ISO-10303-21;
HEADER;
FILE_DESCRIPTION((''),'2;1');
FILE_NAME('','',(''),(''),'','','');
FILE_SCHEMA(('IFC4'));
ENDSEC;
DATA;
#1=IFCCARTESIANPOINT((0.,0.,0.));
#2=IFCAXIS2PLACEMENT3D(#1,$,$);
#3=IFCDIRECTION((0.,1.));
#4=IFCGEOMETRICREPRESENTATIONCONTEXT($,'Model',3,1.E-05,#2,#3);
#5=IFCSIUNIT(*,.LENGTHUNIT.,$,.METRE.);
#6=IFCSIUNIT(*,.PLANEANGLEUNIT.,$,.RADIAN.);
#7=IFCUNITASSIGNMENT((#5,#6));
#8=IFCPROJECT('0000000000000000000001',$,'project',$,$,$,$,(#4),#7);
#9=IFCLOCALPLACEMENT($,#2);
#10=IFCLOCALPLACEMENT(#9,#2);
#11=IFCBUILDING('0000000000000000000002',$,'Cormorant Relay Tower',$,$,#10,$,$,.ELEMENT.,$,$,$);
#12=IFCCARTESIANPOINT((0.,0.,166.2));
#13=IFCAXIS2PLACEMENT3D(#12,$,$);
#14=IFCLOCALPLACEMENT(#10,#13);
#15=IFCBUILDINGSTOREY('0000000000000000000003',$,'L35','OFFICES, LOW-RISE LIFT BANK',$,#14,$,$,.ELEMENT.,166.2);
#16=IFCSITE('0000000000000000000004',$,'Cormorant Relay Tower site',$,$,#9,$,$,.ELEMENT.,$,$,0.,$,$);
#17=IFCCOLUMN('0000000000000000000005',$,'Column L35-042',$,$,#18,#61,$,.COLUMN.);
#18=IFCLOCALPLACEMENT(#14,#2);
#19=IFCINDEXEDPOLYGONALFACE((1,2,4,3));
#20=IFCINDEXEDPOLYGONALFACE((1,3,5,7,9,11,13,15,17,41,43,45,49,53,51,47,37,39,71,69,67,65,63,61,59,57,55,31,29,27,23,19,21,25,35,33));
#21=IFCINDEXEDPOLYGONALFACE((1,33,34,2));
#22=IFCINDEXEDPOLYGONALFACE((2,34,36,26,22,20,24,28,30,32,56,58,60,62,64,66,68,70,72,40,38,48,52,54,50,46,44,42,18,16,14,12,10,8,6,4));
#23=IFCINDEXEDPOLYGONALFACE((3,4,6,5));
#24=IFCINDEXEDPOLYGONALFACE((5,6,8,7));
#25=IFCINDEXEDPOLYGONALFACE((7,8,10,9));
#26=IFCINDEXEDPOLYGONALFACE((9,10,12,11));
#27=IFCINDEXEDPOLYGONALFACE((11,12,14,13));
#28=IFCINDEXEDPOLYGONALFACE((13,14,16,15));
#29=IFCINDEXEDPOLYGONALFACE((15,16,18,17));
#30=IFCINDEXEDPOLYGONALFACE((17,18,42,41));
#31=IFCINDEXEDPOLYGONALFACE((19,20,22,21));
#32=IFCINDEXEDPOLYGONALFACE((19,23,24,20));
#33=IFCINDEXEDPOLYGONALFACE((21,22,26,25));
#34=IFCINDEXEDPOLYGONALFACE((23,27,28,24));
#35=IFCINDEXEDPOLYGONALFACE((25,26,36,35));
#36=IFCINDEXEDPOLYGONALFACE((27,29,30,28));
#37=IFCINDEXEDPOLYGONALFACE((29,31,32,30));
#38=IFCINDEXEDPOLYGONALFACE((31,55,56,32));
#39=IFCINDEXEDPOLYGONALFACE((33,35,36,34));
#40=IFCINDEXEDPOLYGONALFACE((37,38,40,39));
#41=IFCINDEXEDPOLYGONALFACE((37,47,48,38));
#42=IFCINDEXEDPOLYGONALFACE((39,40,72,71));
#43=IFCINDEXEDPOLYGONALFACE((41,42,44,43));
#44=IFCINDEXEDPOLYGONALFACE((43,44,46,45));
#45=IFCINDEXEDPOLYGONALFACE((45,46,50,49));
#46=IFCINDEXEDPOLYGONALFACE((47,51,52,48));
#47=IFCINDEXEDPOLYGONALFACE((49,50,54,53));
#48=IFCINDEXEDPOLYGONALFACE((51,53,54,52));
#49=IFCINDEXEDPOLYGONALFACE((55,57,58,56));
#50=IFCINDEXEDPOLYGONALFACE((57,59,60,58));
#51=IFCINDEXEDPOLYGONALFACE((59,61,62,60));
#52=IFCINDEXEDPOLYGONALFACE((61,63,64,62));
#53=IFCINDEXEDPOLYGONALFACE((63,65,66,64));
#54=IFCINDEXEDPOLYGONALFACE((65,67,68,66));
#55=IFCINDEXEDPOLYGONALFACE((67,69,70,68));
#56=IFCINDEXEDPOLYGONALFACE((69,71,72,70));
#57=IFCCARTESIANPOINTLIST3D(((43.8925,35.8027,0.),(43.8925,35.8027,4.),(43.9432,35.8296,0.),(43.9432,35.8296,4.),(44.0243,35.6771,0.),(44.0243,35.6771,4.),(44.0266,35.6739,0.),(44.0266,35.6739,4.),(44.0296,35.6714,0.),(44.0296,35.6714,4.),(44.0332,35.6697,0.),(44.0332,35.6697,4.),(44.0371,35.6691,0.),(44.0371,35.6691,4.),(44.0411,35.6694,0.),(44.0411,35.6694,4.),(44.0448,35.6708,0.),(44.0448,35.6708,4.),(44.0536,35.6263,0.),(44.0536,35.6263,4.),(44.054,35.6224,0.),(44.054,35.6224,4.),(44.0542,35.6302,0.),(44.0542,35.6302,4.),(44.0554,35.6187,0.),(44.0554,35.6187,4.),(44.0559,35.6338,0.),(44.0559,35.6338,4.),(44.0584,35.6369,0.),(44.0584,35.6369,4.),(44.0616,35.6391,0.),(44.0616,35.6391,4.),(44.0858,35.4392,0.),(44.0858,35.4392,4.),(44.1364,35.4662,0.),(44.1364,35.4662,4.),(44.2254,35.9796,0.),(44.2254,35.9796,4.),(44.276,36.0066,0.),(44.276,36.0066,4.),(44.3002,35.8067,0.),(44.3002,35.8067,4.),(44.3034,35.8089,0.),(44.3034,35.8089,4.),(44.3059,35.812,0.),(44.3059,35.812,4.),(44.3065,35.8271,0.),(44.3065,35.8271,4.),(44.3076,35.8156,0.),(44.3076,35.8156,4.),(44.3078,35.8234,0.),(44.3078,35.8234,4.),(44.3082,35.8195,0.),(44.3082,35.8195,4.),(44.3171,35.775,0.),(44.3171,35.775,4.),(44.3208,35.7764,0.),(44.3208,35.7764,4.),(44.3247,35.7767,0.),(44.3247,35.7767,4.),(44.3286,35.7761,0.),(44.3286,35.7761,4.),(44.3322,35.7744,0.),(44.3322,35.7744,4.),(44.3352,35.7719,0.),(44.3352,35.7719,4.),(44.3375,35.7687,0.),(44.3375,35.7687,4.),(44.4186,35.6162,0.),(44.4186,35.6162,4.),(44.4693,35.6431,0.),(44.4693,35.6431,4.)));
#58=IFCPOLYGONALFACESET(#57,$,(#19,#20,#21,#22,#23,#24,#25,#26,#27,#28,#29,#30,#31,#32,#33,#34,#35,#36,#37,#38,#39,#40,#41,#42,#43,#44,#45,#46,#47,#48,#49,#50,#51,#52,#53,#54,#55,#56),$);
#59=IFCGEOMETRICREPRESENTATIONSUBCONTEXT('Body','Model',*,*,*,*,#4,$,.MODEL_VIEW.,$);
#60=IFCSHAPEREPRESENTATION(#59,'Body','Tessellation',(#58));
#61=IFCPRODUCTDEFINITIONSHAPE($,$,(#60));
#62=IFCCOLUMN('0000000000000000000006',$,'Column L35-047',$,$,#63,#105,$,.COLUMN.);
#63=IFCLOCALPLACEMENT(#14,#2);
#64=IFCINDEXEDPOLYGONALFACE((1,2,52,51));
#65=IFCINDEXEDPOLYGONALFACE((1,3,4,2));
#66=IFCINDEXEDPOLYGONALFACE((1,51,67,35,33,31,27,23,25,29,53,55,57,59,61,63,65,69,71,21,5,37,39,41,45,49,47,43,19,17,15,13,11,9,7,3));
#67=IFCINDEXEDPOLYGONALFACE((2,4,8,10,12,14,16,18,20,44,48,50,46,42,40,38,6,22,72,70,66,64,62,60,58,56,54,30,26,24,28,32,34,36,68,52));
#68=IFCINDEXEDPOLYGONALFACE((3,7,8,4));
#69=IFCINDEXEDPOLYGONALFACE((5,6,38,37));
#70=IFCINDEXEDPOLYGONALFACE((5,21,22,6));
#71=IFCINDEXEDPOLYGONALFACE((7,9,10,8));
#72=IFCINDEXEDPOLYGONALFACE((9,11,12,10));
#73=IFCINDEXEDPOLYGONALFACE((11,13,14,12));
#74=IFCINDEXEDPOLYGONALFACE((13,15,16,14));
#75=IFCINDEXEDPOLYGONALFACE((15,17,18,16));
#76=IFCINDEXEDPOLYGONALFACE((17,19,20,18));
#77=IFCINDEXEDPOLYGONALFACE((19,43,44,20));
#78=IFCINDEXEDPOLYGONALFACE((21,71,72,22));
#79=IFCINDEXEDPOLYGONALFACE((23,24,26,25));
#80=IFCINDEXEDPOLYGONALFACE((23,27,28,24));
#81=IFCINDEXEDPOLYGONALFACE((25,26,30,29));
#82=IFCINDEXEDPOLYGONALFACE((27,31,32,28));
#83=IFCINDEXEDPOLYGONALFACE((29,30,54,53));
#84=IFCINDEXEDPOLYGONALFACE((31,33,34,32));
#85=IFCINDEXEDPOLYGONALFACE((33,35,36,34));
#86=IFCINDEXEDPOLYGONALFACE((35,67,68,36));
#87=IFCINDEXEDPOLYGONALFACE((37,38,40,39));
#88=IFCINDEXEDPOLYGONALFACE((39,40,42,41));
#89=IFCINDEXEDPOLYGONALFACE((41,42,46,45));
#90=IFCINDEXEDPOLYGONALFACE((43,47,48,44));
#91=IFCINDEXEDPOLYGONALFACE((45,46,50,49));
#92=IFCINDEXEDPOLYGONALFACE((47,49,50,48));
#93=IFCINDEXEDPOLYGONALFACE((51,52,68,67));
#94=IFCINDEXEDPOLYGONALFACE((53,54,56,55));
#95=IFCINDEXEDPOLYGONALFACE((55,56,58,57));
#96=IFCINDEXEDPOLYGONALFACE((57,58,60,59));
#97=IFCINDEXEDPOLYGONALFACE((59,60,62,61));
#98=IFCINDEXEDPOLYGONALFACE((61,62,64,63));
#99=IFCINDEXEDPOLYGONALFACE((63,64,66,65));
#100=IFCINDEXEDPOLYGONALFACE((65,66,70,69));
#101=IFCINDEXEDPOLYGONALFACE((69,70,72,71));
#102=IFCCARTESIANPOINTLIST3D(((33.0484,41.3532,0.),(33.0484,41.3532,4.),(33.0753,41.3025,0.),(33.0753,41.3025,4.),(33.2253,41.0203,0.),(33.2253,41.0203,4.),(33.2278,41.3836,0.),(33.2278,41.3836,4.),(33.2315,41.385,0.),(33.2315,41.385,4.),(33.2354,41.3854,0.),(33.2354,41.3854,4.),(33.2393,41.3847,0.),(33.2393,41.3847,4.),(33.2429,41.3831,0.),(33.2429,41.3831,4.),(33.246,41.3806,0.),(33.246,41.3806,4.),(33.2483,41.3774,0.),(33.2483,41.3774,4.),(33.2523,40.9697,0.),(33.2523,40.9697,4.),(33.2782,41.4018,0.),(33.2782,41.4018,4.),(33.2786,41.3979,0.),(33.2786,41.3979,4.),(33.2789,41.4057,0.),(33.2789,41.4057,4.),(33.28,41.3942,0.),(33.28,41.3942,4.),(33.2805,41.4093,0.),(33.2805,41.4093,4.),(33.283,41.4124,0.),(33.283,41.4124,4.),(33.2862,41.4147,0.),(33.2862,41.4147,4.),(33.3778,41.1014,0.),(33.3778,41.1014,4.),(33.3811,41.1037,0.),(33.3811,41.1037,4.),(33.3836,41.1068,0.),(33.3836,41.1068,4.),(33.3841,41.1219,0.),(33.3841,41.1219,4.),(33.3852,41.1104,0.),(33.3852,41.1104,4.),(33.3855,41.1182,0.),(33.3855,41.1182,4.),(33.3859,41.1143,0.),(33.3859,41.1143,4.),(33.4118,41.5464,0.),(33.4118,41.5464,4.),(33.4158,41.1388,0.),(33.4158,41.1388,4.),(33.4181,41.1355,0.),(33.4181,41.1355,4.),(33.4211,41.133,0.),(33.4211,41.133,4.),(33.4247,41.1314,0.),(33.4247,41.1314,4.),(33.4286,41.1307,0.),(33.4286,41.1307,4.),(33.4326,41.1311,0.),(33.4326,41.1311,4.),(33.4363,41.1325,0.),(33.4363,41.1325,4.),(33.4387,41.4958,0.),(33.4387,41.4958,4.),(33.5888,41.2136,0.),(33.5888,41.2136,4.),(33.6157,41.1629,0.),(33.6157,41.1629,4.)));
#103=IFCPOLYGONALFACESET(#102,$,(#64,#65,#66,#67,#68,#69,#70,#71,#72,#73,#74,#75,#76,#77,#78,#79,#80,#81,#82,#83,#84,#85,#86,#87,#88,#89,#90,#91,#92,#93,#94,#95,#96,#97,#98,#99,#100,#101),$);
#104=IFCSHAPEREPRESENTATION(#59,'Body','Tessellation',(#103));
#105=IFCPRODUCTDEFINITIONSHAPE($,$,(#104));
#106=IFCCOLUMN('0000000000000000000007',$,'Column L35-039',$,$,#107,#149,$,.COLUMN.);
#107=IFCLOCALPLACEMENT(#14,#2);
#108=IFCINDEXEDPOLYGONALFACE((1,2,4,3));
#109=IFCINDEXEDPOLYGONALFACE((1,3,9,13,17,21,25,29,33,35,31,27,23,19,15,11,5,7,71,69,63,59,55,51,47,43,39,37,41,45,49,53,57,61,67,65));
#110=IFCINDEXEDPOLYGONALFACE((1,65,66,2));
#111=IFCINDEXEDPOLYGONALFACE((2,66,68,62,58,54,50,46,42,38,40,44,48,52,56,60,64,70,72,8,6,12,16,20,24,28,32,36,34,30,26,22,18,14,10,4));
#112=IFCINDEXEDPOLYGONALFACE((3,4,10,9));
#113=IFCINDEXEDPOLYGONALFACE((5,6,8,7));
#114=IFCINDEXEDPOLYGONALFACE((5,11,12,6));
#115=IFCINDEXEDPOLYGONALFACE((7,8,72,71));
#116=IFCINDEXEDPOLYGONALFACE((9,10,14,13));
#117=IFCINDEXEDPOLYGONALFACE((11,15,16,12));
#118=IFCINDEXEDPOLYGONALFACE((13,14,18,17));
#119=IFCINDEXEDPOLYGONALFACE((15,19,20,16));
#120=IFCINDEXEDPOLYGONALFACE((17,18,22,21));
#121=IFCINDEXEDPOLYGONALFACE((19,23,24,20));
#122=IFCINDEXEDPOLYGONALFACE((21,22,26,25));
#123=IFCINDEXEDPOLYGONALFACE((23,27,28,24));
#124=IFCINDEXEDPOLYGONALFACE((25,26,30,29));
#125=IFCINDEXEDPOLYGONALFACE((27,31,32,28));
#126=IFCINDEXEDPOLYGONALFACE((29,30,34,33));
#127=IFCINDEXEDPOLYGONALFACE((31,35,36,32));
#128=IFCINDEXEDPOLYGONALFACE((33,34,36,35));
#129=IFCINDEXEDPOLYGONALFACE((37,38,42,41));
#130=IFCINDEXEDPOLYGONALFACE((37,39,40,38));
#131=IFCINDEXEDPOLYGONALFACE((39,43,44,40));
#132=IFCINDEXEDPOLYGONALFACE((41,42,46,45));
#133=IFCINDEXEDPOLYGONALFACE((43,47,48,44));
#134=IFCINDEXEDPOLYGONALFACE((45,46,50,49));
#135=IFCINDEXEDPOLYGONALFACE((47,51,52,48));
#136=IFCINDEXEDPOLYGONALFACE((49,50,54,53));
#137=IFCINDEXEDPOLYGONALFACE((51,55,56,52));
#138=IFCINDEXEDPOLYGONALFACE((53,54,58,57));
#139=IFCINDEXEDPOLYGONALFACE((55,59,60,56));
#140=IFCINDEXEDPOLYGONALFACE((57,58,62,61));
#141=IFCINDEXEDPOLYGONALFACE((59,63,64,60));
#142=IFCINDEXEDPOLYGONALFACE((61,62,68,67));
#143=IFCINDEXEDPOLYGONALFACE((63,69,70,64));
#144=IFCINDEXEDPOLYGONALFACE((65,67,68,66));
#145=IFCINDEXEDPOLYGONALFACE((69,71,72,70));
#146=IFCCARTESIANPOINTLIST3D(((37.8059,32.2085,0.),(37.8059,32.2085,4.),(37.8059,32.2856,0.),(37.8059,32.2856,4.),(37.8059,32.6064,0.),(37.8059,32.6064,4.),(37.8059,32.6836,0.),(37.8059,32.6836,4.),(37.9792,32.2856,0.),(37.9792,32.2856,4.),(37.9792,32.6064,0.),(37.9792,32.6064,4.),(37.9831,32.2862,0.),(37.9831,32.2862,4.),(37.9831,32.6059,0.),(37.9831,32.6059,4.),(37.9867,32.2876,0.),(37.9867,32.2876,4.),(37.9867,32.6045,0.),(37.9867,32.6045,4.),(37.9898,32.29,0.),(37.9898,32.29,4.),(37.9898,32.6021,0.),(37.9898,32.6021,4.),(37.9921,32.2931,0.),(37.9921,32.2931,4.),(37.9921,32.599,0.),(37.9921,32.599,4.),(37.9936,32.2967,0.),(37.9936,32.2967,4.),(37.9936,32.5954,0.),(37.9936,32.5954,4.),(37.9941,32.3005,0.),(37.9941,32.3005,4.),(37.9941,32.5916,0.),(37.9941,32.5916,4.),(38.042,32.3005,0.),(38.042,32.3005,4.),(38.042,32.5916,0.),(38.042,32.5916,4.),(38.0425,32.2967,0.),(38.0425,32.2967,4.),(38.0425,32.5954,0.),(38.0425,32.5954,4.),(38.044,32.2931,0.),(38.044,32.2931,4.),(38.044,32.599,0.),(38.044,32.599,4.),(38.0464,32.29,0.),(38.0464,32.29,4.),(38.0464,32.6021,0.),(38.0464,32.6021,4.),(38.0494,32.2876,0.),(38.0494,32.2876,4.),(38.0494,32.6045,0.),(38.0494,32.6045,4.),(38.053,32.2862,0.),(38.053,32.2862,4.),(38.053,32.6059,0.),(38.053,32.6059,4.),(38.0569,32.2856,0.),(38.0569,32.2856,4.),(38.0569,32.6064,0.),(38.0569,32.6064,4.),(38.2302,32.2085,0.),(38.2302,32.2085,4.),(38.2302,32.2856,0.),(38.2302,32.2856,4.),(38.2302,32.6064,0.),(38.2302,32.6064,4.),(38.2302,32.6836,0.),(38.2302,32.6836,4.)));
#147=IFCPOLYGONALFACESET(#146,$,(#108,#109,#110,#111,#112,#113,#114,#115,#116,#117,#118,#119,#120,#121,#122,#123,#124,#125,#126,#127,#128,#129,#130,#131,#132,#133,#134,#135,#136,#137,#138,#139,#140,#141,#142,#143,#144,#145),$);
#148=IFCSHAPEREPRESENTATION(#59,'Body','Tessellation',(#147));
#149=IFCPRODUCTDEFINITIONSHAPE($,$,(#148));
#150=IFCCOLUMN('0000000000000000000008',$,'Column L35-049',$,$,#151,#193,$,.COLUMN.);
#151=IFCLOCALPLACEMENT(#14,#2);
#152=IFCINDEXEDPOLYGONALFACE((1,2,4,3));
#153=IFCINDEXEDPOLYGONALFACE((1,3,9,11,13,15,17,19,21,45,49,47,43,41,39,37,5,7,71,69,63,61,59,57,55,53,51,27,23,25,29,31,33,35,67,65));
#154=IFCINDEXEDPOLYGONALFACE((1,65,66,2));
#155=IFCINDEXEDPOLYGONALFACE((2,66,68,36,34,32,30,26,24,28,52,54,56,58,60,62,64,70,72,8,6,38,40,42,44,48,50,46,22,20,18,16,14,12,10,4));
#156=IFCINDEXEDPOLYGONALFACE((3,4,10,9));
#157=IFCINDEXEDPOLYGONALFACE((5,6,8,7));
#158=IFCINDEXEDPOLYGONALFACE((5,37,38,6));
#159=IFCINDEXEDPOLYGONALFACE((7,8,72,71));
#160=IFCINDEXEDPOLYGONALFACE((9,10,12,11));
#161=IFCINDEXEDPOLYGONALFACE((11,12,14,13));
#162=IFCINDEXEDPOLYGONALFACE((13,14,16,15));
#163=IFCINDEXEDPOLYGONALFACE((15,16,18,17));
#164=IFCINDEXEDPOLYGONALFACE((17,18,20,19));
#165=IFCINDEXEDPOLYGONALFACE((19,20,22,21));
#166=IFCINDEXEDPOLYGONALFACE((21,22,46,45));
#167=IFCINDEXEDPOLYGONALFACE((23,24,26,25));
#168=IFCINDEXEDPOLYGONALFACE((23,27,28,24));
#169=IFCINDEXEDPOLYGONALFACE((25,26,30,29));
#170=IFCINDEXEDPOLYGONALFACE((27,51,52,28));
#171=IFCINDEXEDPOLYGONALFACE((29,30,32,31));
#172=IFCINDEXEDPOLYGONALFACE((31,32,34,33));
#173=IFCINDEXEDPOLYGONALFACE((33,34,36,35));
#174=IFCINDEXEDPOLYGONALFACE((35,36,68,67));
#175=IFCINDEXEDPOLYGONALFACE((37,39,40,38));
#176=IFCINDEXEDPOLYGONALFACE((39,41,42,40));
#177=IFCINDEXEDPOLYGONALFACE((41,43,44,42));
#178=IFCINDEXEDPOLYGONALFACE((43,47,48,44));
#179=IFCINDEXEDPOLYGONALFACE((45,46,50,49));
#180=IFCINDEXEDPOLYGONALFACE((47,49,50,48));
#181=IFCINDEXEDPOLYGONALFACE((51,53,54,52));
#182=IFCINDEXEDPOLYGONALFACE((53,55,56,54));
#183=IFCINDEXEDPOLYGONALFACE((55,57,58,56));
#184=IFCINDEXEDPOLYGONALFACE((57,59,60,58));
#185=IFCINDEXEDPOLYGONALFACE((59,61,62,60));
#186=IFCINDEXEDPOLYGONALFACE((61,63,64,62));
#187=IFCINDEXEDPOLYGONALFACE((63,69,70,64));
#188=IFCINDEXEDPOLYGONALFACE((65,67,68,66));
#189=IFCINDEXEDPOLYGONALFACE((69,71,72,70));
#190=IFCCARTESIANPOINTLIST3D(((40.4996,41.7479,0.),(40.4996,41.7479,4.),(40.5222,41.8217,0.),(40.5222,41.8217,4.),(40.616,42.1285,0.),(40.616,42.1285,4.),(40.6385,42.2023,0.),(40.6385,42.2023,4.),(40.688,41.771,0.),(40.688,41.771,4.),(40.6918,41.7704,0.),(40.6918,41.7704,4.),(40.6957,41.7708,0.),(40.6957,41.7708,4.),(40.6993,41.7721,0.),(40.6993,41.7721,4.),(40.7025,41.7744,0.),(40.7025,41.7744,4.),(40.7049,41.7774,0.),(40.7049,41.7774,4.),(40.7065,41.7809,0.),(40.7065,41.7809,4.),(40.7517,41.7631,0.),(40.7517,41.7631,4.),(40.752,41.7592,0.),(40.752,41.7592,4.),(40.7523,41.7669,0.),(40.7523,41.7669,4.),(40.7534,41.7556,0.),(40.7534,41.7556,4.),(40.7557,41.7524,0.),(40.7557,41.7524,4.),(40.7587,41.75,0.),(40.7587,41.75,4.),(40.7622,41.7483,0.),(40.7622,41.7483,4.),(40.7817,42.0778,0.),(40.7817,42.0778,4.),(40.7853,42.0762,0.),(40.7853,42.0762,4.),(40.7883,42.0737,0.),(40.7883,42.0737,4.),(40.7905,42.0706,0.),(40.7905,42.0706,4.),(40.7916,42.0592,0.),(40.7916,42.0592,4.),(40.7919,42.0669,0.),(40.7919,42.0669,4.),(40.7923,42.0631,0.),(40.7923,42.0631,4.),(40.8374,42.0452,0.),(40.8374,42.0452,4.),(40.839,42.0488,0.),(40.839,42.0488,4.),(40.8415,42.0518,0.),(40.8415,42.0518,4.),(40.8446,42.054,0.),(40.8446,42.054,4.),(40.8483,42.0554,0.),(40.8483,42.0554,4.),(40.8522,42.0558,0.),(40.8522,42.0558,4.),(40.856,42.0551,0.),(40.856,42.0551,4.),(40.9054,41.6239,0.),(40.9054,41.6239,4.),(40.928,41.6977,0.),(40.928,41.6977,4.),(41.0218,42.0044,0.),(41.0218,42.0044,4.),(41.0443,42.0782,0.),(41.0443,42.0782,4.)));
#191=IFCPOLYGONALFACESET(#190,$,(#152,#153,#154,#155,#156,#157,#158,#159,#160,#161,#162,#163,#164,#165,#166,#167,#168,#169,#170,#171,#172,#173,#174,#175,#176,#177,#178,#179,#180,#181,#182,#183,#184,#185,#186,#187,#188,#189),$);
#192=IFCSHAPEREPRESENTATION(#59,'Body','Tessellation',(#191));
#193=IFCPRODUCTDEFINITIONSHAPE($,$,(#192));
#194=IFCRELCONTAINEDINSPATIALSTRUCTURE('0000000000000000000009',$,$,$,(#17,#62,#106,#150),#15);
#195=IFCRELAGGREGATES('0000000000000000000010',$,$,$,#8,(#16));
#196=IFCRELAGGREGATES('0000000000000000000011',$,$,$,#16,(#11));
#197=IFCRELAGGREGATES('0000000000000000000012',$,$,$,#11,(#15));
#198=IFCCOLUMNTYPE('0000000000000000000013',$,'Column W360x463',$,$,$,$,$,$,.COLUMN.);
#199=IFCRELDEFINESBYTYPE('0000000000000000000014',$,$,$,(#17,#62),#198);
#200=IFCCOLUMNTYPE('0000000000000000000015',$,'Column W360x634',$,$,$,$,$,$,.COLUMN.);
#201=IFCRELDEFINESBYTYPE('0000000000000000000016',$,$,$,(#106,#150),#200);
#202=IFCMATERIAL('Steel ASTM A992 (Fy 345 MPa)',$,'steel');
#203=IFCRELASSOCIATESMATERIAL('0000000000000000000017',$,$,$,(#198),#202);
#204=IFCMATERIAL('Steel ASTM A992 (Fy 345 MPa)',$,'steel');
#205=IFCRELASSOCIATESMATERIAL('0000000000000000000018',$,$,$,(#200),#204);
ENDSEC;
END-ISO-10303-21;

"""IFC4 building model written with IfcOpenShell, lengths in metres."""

from ifc_helpers import new_model, si_unit, direction, frame, origin, origin_2d, place, context, subcontext, project, spatial, i_section, extrude, material, material_profile, profile_set, type_object, element, save


model = new_model("IFC4")

# Units and contexts
model_context = context("Model", 3, precision=1e-05, world=origin(), true_north=direction((0.0, 1.0)))
body_context = subcontext(model_context, "Body", "Model", "MODEL_VIEW")
ifc_project = project(units=[si_unit("LENGTHUNIT", "METRE"), si_unit("PLANEANGLEUNIT", "RADIAN")], contexts=[model_context])

# Site, building, storey
site_placement = place(None, origin())
site = spatial("IfcSite", under=ifc_project, at=site_placement, Name="Cormorant Relay Tower site", CompositionType="ELEMENT", RefElevation=0.0)
building_placement = place(site_placement, origin())
building = spatial("IfcBuilding", under=site, at=building_placement, Name="Cormorant Relay Tower", CompositionType="ELEMENT")
storey_placement = place(building_placement, frame((0.0, 0.0, 166.2)))
storey = spatial("IfcBuildingStorey", under=building, at=storey_placement, Name="L35", Description="OFFICES, LOW-RISE LIFT BANK", CompositionType="ELEMENT", Elevation=166.2)

# Columns
ifc_material_1 = material(Name="Steel ASTM A992 (Fy 345 MPa)", Category="steel")
ifc_material_profile_1 = material_profile(ifc_material_1, i_section(OverallWidth=0.4116, OverallDepth=0.4343, WebThickness=0.0359, FlangeThickness=0.0574, FilletRadius=0.0151, at=origin_2d()), Name="W360x463")
ifc_profile_set_1 = profile_set([ifc_material_profile_1], Name="Steel ASTM A992 (Fy 345 MPa)")
column_type_1 = type_object("IfcColumnType", Name="Column W360x463", PredefinedType="COLUMN", material=ifc_profile_set_1)
for number, where, z_axis, x_axis, name in (
    (1, (44.1809, 35.7229, 0.0), (0.0, 0.0, 1.0), (-0.469472, 0.882948, 0.0), "Column L35-042"),
    (2, (33.332, 41.2581, 0.0), (0.0, 0.0, 1.0), (-0.882948, -0.469472, 0.0), "Column L35-047"),
):
    element("IfcColumn", number, at=place(storey_placement, frame(where, z_axis=z_axis, x_axis=x_axis)), inside=storey, type_object=column_type_1, Name=name, PredefinedType="COLUMN", context=body_context, shape_type="SweptSolid", body=[
        extrude(i_section(OverallWidth=0.4116, OverallDepth=0.4343, WebThickness=0.0359, FlangeThickness=0.0574, FilletRadius=0.0151, at=origin_2d()), origin(), (0.0, 0.0, 1.0), 4.0),
    ])
ifc_material_2 = material(Name="Steel ASTM A992 (Fy 345 MPa)", Category="steel")
ifc_material_profile_2 = material_profile(ifc_material_2, i_section(OverallWidth=0.4243, OverallDepth=0.4751, WebThickness=0.0479, FlangeThickness=0.0771, FilletRadius=0.0149, at=origin_2d()), Name="W360x634")
ifc_profile_set_2 = profile_set([ifc_material_profile_2], Name="Steel ASTM A992 (Fy 345 MPa)")
column_type_2 = type_object("IfcColumnType", Name="Column W360x634", PredefinedType="COLUMN", material=ifc_profile_set_2)
for number, where, z_axis, x_axis, name in (
    (3, (38.0181, 32.446, 0.0), (0.0, 0.0, 1.0), (1.0, 0.0, 0.0), "Column L35-039"),
    (4, (40.772, 41.9131, 0.0), (0.0, 0.0, 1.0), (-0.956305, 0.292372, 0.0), "Column L35-049"),
):
    element("IfcColumn", number, at=place(storey_placement, frame(where, z_axis=z_axis, x_axis=x_axis)), inside=storey, type_object=column_type_2, Name=name, PredefinedType="COLUMN", context=body_context, shape_type="SweptSolid", body=[
        extrude(i_section(OverallWidth=0.4243, OverallDepth=0.4751, WebThickness=0.0479, FlangeThickness=0.0771, FilletRadius=0.0149, at=origin_2d()), origin(), (0.0, 0.0, 1.0), 4.0),
    ])

save(model, "model.ifc")
